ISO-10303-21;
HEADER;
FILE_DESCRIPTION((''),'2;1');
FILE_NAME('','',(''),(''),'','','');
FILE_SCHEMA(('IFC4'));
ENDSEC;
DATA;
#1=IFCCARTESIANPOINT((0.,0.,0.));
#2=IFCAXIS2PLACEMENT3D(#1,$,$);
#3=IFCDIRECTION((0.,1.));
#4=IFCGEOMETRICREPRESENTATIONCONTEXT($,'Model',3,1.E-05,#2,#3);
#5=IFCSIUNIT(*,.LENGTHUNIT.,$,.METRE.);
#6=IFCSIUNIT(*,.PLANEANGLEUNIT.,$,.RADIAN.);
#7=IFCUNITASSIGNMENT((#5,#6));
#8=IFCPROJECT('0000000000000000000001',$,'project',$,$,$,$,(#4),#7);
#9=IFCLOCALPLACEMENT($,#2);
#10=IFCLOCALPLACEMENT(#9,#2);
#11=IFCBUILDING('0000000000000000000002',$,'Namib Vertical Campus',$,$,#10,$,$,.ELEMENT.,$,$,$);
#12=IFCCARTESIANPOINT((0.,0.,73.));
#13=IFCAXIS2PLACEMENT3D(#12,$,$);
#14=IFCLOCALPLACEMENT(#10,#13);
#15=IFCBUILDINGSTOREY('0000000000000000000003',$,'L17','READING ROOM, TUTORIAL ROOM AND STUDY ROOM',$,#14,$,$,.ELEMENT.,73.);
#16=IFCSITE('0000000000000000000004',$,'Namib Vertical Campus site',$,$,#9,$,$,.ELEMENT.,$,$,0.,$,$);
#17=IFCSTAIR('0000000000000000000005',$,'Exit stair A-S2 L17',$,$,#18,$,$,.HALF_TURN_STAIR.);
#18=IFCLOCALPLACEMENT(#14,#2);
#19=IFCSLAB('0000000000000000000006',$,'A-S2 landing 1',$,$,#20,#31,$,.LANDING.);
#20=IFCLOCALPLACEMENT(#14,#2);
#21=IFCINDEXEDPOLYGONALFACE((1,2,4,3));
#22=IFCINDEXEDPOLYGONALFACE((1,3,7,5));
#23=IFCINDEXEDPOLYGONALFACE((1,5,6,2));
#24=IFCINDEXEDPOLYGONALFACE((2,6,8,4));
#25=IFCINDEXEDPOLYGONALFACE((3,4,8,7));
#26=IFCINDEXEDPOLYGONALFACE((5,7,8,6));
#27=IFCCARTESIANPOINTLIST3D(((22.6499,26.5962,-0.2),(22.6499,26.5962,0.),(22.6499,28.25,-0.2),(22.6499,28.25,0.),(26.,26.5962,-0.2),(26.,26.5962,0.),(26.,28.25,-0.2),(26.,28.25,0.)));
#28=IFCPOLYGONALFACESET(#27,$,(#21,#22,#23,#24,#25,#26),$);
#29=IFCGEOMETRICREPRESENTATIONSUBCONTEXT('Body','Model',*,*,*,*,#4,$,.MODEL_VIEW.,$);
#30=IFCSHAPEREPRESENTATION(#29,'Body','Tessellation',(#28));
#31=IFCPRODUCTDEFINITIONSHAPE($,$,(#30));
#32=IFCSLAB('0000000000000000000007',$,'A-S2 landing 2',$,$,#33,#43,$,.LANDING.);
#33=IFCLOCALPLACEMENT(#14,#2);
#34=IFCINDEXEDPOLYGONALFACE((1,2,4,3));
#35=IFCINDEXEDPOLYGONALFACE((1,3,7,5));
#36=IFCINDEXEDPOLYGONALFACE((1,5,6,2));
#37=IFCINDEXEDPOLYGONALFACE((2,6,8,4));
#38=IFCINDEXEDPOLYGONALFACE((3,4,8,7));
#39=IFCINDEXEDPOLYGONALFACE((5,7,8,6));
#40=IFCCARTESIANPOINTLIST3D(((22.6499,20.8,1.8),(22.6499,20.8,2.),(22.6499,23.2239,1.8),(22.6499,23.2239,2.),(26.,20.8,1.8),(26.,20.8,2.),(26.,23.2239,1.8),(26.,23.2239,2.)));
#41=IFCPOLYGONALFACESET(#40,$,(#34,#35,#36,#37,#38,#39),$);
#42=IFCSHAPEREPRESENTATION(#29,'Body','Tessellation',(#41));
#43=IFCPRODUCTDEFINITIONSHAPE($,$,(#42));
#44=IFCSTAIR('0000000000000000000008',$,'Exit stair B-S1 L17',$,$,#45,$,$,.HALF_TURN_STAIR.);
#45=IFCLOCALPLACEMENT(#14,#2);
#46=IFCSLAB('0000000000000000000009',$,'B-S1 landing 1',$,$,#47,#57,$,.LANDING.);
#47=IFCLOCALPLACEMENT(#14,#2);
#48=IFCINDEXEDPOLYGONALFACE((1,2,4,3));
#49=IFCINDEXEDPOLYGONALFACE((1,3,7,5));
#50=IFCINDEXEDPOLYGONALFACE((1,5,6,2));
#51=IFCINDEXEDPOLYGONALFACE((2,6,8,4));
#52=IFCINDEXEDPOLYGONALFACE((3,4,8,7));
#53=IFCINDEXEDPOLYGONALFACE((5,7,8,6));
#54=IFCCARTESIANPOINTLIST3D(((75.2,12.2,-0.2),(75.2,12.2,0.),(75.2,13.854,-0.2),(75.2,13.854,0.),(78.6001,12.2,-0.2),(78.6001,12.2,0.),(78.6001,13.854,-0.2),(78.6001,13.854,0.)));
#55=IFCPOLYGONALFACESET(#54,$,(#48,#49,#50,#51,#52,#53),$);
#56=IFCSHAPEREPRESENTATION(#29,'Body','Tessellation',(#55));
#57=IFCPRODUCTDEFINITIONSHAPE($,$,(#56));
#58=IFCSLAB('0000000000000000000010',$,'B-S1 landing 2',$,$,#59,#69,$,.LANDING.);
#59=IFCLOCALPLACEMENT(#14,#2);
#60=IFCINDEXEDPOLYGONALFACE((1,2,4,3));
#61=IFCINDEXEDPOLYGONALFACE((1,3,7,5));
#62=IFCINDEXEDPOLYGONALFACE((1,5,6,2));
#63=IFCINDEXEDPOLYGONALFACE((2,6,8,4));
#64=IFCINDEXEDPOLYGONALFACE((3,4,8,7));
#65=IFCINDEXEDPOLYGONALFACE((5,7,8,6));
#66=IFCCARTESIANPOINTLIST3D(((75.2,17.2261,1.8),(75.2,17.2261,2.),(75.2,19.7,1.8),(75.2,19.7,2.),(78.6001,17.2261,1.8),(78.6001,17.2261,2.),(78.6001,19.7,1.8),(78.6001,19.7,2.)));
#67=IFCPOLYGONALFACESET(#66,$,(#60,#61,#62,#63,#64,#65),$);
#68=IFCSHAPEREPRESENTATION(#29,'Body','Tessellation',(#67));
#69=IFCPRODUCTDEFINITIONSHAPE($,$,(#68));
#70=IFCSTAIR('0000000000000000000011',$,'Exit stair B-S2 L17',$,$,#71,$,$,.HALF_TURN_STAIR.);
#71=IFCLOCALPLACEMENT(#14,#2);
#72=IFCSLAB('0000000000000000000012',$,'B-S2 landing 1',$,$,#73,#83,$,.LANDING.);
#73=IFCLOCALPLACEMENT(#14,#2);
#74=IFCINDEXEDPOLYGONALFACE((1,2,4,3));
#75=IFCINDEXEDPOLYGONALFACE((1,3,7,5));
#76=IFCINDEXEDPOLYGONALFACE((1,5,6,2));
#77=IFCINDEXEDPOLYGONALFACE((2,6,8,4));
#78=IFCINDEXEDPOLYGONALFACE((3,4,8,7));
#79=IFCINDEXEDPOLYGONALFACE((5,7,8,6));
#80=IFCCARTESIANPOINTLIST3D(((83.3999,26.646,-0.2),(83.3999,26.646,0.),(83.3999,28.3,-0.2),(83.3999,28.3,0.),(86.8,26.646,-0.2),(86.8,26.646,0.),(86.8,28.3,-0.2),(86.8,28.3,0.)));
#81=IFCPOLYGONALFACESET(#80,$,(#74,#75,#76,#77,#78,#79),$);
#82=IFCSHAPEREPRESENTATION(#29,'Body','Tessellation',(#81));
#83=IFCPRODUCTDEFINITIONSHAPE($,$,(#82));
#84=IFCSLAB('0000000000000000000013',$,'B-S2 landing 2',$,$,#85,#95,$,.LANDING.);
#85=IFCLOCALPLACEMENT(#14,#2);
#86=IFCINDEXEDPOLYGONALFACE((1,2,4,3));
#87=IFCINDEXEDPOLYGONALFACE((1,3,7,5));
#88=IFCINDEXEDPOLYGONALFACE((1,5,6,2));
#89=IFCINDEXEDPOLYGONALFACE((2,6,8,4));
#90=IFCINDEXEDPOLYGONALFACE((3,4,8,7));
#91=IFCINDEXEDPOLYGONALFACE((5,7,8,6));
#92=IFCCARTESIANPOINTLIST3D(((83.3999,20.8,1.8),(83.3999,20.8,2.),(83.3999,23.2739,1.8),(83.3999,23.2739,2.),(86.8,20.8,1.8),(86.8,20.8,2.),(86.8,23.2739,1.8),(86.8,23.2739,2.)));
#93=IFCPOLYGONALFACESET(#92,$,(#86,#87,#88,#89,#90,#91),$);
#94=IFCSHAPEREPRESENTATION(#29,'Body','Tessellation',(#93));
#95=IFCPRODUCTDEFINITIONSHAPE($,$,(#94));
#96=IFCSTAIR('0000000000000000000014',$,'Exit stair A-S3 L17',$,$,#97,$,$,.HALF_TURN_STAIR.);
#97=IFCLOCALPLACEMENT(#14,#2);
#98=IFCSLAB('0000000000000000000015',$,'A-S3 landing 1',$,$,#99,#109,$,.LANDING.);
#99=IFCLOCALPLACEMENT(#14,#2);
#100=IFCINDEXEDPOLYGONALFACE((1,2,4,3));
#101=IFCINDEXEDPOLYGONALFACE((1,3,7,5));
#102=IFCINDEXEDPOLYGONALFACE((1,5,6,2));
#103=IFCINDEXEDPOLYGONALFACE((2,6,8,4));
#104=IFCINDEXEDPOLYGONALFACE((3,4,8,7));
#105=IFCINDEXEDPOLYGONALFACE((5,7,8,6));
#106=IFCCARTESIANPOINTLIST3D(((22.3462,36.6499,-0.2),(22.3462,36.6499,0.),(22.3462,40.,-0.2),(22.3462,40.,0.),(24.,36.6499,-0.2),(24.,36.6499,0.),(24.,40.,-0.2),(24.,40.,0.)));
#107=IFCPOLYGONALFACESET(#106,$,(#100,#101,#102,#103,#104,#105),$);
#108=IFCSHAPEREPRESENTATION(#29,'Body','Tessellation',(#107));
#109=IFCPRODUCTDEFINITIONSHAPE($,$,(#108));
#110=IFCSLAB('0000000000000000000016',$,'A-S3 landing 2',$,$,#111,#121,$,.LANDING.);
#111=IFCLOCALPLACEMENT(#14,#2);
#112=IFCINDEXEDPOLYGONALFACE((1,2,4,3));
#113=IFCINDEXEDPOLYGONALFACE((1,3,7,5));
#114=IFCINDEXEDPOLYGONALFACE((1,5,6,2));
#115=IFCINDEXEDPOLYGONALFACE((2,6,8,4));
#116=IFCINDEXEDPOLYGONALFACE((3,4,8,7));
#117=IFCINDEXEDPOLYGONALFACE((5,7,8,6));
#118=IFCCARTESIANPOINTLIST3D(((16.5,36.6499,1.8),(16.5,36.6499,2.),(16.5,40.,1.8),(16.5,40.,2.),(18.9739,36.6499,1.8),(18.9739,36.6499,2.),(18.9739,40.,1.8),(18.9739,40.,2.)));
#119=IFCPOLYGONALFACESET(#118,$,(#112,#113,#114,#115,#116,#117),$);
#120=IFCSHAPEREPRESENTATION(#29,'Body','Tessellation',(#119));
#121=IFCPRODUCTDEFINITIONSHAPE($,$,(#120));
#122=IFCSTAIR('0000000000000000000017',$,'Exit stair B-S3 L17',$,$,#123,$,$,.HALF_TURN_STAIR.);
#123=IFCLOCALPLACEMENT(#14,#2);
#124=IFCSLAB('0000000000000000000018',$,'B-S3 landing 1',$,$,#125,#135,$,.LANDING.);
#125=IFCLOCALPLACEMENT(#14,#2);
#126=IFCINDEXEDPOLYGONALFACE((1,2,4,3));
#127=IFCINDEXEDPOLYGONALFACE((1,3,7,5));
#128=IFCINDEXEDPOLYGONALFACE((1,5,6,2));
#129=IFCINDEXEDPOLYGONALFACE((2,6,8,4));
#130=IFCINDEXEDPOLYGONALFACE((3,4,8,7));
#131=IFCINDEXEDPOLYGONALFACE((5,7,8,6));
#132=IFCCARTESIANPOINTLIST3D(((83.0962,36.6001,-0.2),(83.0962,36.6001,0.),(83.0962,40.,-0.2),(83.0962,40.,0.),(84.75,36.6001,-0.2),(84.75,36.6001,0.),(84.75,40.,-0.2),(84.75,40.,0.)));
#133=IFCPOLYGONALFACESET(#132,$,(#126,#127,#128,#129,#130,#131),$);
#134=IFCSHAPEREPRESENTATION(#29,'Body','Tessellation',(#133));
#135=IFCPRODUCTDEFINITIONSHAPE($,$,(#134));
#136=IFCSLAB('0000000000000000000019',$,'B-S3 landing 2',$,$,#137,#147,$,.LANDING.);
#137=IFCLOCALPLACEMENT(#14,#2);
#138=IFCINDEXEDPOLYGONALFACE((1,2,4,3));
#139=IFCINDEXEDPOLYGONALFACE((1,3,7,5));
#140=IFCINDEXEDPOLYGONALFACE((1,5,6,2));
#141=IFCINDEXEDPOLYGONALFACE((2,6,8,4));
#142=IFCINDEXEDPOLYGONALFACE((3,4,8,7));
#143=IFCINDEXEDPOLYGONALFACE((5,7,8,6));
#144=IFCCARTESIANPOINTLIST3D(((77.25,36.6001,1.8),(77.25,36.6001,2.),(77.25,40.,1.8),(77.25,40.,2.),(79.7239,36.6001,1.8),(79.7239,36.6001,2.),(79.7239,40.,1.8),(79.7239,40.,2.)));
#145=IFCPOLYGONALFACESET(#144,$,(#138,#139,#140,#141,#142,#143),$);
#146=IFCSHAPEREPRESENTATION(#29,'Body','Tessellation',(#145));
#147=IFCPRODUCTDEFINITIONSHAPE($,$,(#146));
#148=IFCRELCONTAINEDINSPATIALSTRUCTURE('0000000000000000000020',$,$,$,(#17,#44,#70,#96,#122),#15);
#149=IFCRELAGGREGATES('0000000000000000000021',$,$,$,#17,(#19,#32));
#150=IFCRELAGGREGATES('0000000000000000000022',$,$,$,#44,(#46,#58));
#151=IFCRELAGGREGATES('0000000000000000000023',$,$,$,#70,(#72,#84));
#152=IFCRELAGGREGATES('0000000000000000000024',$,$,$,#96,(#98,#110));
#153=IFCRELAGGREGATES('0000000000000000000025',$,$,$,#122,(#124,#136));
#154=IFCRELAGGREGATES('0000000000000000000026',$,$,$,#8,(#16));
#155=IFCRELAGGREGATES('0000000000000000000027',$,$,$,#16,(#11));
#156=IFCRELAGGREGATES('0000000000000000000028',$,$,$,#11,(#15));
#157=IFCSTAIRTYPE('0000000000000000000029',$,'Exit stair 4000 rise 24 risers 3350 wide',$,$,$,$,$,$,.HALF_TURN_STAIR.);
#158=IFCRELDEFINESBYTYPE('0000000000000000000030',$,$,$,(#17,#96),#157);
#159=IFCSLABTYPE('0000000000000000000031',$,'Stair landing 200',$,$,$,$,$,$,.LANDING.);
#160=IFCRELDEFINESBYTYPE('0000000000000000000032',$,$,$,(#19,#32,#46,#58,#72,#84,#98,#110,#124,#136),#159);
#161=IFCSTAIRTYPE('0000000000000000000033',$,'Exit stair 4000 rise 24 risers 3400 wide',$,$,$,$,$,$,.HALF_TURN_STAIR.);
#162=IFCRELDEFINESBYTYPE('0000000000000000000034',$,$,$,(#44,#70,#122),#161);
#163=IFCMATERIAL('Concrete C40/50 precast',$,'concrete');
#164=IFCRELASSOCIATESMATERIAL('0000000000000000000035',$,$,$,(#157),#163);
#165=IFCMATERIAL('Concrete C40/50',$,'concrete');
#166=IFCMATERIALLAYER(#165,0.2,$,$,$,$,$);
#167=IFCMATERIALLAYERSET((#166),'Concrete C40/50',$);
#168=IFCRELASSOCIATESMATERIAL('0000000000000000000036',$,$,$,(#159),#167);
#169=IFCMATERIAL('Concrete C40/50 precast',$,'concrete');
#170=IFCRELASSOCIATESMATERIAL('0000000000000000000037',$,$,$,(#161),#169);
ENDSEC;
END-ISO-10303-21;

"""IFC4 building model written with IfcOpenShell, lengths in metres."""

from ifc_helpers import new_model, si_unit, direction, frame, origin, place, context, subcontext, project, spatial, polyline, outline, extrude, material, layer, layer_set, type_object, element, aggregate, save


model = new_model("IFC4")

# Units and contexts
model_context = context("Model", 3, precision=1e-05, world=origin(), true_north=direction((0.0, 1.0)))
body_context = subcontext(model_context, "Body", "Model", "MODEL_VIEW")
ifc_project = project(units=[si_unit("LENGTHUNIT", "METRE"), si_unit("PLANEANGLEUNIT", "RADIAN")], contexts=[model_context])

# Site, building, storey
site_placement = place(None, origin())
site = spatial("IfcSite", under=ifc_project, at=site_placement, Name="Namib Vertical Campus site", CompositionType="ELEMENT", RefElevation=0.0)
building_placement = place(site_placement, origin())
building = spatial("IfcBuilding", under=site, at=building_placement, Name="Namib Vertical Campus", CompositionType="ELEMENT")
storey_placement = place(building_placement, frame((0.0, 0.0, 73.0)))
storey = spatial("IfcBuildingStorey", under=building, at=storey_placement, Name="L17", Description="READING ROOM, TUTORIAL ROOM AND STUDY ROOM", CompositionType="ELEMENT", Elevation=73.0)

# Stairs, slabs
ifc_material_1 = material(Name="Concrete C40/50 precast", Category="concrete")
stair_type_1 = type_object("IfcStairType", Name="Exit stair 4000 rise 24 risers 3350 wide", PredefinedType="HALF_TURN_STAIR", material=ifc_material_1)
ifc_material_2 = material(Name="Concrete C40/50", Category="concrete")
ifc_layer_1 = layer(ifc_material_2, 0.2)
ifc_layer_set_1 = layer_set([ifc_layer_1], Name="Concrete C40/50")
slab_type_1 = type_object("IfcSlabType", Name="Stair landing 200", PredefinedType="LANDING", material=ifc_layer_set_1)
stair_1_placement = place(storey_placement, origin())
stair_1 = element("IfcStair", 1, at=stair_1_placement, inside=storey, type_object=stair_type_1, Name="Exit stair A-S2 L17", PredefinedType="HALF_TURN_STAIR")
slab_1_placement = place(storey_placement, frame((0.0, 0.0, -0.2)))
slab_1 = element("IfcSlab", 2, at=slab_1_placement, type_object=slab_type_1, Name="A-S2 landing 1", PredefinedType="LANDING", context=body_context, shape_type="SweptSolid", body=[
    extrude(outline(polyline([(22.6499, 26.5962), (26.0, 26.5962), (26.0, 28.25), (22.6499, 28.25), (22.6499, 26.5962)])), origin(), (0.0, 0.0, 1.0), 0.2),
])
slab_2_placement = place(storey_placement, frame((0.0, 0.0, 1.8)))
slab_2 = element("IfcSlab", 3, at=slab_2_placement, type_object=slab_type_1, Name="A-S2 landing 2", PredefinedType="LANDING", context=body_context, shape_type="SweptSolid", body=[
    extrude(outline(polyline([(22.6499, 20.8), (26.0, 20.8), (26.0, 23.2239), (22.6499, 23.2239), (22.6499, 20.8)])), origin(), (0.0, 0.0, 1.0), 0.2),
])
aggregate(stair_1, [slab_1, slab_2])
ifc_material_3 = material(Name="Concrete C40/50 precast", Category="concrete")
stair_type_2 = type_object("IfcStairType", Name="Exit stair 4000 rise 24 risers 3400 wide", PredefinedType="HALF_TURN_STAIR", material=ifc_material_3)
stair_2_placement = place(storey_placement, origin())
stair_2 = element("IfcStair", 4, at=stair_2_placement, inside=storey, type_object=stair_type_2, Name="Exit stair B-S1 L17", PredefinedType="HALF_TURN_STAIR")
slab_3_placement = place(storey_placement, frame((0.0, 0.0, -0.2)))
slab_3 = element("IfcSlab", 5, at=slab_3_placement, type_object=slab_type_1, Name="B-S1 landing 1", PredefinedType="LANDING", context=body_context, shape_type="SweptSolid", body=[
    extrude(outline(polyline([(75.2, 12.2), (78.6001, 12.2), (78.6001, 13.854), (75.2, 13.854), (75.2, 12.2)])), origin(), (0.0, 0.0, 1.0), 0.2),
])
slab_4_placement = place(storey_placement, frame((0.0, 0.0, 1.8)))
slab_4 = element("IfcSlab", 6, at=slab_4_placement, type_object=slab_type_1, Name="B-S1 landing 2", PredefinedType="LANDING", context=body_context, shape_type="SweptSolid", body=[
    extrude(outline(polyline([(75.2, 17.2261), (78.6001, 17.2261), (78.6001, 19.7), (75.2, 19.7), (75.2, 17.2261)])), origin(), (0.0, 0.0, 1.0), 0.2),
])
aggregate(stair_2, [slab_3, slab_4])
stair_3_placement = place(storey_placement, origin())
stair_3 = element("IfcStair", 7, at=stair_3_placement, inside=storey, type_object=stair_type_2, Name="Exit stair B-S2 L17", PredefinedType="HALF_TURN_STAIR")
slab_5_placement = place(storey_placement, frame((0.0, 0.0, -0.2)))
slab_5 = element("IfcSlab", 8, at=slab_5_placement, type_object=slab_type_1, Name="B-S2 landing 1", PredefinedType="LANDING", context=body_context, shape_type="SweptSolid", body=[
    extrude(outline(polyline([(83.3999, 26.646), (86.8, 26.646), (86.8, 28.3), (83.3999, 28.3), (83.3999, 26.646)])), origin(), (0.0, 0.0, 1.0), 0.2),
])
slab_6_placement = place(storey_placement, frame((0.0, 0.0, 1.8)))
slab_6 = element("IfcSlab", 9, at=slab_6_placement, type_object=slab_type_1, Name="B-S2 landing 2", PredefinedType="LANDING", context=body_context, shape_type="SweptSolid", body=[
    extrude(outline(polyline([(83.3999, 20.8), (86.8, 20.8), (86.8, 23.2739), (83.3999, 23.2739), (83.3999, 20.8)])), origin(), (0.0, 0.0, 1.0), 0.2),
])
aggregate(stair_3, [slab_5, slab_6])
stair_4_placement = place(storey_placement, origin())
stair_4 = element("IfcStair", 10, at=stair_4_placement, inside=storey, type_object=stair_type_1, Name="Exit stair A-S3 L17", PredefinedType="HALF_TURN_STAIR")
slab_7_placement = place(storey_placement, frame((0.0, 0.0, -0.2)))
slab_7 = element("IfcSlab", 11, at=slab_7_placement, type_object=slab_type_1, Name="A-S3 landing 1", PredefinedType="LANDING", context=body_context, shape_type="SweptSolid", body=[
    extrude(outline(polyline([(22.3462, 36.6499), (22.3462, 40.0), (24.0, 40.0), (24.0, 36.6499), (22.3462, 36.6499)])), origin(), (0.0, 0.0, 1.0), 0.2),
])
slab_8_placement = place(storey_placement, frame((0.0, 0.0, 1.8)))
slab_8 = element("IfcSlab", 12, at=slab_8_placement, type_object=slab_type_1, Name="A-S3 landing 2", PredefinedType="LANDING", context=body_context, shape_type="SweptSolid", body=[
    extrude(outline(polyline([(16.5, 36.6499), (16.5, 40.0), (18.9739, 40.0), (18.9739, 36.6499), (16.5, 36.6499)])), origin(), (0.0, 0.0, 1.0), 0.2),
])
aggregate(stair_4, [slab_7, slab_8])
stair_5_placement = place(storey_placement, origin())
stair_5 = element("IfcStair", 13, at=stair_5_placement, inside=storey, type_object=stair_type_2, Name="Exit stair B-S3 L17", PredefinedType="HALF_TURN_STAIR")
slab_9_placement = place(storey_placement, frame((0.0, 0.0, -0.2)))
slab_9 = element("IfcSlab", 14, at=slab_9_placement, type_object=slab_type_1, Name="B-S3 landing 1", PredefinedType="LANDING", context=body_context, shape_type="SweptSolid", body=[
    extrude(outline(polyline([(83.0962, 36.6001), (83.0962, 40.0), (84.75, 40.0), (84.75, 36.6001), (83.0962, 36.6001)])), origin(), (0.0, 0.0, 1.0), 0.2),
])
slab_10_placement = place(storey_placement, frame((0.0, 0.0, 1.8)))
slab_10 = element("IfcSlab", 15, at=slab_10_placement, type_object=slab_type_1, Name="B-S3 landing 2", PredefinedType="LANDING", context=body_context, shape_type="SweptSolid", body=[
    extrude(outline(polyline([(77.25, 36.6001), (77.25, 40.0), (79.7239, 40.0), (79.7239, 36.6001), (77.25, 36.6001)])), origin(), (0.0, 0.0, 1.0), 0.2),
])
aggregate(stair_5, [slab_9, slab_10])

save(model, "model.ifc")
